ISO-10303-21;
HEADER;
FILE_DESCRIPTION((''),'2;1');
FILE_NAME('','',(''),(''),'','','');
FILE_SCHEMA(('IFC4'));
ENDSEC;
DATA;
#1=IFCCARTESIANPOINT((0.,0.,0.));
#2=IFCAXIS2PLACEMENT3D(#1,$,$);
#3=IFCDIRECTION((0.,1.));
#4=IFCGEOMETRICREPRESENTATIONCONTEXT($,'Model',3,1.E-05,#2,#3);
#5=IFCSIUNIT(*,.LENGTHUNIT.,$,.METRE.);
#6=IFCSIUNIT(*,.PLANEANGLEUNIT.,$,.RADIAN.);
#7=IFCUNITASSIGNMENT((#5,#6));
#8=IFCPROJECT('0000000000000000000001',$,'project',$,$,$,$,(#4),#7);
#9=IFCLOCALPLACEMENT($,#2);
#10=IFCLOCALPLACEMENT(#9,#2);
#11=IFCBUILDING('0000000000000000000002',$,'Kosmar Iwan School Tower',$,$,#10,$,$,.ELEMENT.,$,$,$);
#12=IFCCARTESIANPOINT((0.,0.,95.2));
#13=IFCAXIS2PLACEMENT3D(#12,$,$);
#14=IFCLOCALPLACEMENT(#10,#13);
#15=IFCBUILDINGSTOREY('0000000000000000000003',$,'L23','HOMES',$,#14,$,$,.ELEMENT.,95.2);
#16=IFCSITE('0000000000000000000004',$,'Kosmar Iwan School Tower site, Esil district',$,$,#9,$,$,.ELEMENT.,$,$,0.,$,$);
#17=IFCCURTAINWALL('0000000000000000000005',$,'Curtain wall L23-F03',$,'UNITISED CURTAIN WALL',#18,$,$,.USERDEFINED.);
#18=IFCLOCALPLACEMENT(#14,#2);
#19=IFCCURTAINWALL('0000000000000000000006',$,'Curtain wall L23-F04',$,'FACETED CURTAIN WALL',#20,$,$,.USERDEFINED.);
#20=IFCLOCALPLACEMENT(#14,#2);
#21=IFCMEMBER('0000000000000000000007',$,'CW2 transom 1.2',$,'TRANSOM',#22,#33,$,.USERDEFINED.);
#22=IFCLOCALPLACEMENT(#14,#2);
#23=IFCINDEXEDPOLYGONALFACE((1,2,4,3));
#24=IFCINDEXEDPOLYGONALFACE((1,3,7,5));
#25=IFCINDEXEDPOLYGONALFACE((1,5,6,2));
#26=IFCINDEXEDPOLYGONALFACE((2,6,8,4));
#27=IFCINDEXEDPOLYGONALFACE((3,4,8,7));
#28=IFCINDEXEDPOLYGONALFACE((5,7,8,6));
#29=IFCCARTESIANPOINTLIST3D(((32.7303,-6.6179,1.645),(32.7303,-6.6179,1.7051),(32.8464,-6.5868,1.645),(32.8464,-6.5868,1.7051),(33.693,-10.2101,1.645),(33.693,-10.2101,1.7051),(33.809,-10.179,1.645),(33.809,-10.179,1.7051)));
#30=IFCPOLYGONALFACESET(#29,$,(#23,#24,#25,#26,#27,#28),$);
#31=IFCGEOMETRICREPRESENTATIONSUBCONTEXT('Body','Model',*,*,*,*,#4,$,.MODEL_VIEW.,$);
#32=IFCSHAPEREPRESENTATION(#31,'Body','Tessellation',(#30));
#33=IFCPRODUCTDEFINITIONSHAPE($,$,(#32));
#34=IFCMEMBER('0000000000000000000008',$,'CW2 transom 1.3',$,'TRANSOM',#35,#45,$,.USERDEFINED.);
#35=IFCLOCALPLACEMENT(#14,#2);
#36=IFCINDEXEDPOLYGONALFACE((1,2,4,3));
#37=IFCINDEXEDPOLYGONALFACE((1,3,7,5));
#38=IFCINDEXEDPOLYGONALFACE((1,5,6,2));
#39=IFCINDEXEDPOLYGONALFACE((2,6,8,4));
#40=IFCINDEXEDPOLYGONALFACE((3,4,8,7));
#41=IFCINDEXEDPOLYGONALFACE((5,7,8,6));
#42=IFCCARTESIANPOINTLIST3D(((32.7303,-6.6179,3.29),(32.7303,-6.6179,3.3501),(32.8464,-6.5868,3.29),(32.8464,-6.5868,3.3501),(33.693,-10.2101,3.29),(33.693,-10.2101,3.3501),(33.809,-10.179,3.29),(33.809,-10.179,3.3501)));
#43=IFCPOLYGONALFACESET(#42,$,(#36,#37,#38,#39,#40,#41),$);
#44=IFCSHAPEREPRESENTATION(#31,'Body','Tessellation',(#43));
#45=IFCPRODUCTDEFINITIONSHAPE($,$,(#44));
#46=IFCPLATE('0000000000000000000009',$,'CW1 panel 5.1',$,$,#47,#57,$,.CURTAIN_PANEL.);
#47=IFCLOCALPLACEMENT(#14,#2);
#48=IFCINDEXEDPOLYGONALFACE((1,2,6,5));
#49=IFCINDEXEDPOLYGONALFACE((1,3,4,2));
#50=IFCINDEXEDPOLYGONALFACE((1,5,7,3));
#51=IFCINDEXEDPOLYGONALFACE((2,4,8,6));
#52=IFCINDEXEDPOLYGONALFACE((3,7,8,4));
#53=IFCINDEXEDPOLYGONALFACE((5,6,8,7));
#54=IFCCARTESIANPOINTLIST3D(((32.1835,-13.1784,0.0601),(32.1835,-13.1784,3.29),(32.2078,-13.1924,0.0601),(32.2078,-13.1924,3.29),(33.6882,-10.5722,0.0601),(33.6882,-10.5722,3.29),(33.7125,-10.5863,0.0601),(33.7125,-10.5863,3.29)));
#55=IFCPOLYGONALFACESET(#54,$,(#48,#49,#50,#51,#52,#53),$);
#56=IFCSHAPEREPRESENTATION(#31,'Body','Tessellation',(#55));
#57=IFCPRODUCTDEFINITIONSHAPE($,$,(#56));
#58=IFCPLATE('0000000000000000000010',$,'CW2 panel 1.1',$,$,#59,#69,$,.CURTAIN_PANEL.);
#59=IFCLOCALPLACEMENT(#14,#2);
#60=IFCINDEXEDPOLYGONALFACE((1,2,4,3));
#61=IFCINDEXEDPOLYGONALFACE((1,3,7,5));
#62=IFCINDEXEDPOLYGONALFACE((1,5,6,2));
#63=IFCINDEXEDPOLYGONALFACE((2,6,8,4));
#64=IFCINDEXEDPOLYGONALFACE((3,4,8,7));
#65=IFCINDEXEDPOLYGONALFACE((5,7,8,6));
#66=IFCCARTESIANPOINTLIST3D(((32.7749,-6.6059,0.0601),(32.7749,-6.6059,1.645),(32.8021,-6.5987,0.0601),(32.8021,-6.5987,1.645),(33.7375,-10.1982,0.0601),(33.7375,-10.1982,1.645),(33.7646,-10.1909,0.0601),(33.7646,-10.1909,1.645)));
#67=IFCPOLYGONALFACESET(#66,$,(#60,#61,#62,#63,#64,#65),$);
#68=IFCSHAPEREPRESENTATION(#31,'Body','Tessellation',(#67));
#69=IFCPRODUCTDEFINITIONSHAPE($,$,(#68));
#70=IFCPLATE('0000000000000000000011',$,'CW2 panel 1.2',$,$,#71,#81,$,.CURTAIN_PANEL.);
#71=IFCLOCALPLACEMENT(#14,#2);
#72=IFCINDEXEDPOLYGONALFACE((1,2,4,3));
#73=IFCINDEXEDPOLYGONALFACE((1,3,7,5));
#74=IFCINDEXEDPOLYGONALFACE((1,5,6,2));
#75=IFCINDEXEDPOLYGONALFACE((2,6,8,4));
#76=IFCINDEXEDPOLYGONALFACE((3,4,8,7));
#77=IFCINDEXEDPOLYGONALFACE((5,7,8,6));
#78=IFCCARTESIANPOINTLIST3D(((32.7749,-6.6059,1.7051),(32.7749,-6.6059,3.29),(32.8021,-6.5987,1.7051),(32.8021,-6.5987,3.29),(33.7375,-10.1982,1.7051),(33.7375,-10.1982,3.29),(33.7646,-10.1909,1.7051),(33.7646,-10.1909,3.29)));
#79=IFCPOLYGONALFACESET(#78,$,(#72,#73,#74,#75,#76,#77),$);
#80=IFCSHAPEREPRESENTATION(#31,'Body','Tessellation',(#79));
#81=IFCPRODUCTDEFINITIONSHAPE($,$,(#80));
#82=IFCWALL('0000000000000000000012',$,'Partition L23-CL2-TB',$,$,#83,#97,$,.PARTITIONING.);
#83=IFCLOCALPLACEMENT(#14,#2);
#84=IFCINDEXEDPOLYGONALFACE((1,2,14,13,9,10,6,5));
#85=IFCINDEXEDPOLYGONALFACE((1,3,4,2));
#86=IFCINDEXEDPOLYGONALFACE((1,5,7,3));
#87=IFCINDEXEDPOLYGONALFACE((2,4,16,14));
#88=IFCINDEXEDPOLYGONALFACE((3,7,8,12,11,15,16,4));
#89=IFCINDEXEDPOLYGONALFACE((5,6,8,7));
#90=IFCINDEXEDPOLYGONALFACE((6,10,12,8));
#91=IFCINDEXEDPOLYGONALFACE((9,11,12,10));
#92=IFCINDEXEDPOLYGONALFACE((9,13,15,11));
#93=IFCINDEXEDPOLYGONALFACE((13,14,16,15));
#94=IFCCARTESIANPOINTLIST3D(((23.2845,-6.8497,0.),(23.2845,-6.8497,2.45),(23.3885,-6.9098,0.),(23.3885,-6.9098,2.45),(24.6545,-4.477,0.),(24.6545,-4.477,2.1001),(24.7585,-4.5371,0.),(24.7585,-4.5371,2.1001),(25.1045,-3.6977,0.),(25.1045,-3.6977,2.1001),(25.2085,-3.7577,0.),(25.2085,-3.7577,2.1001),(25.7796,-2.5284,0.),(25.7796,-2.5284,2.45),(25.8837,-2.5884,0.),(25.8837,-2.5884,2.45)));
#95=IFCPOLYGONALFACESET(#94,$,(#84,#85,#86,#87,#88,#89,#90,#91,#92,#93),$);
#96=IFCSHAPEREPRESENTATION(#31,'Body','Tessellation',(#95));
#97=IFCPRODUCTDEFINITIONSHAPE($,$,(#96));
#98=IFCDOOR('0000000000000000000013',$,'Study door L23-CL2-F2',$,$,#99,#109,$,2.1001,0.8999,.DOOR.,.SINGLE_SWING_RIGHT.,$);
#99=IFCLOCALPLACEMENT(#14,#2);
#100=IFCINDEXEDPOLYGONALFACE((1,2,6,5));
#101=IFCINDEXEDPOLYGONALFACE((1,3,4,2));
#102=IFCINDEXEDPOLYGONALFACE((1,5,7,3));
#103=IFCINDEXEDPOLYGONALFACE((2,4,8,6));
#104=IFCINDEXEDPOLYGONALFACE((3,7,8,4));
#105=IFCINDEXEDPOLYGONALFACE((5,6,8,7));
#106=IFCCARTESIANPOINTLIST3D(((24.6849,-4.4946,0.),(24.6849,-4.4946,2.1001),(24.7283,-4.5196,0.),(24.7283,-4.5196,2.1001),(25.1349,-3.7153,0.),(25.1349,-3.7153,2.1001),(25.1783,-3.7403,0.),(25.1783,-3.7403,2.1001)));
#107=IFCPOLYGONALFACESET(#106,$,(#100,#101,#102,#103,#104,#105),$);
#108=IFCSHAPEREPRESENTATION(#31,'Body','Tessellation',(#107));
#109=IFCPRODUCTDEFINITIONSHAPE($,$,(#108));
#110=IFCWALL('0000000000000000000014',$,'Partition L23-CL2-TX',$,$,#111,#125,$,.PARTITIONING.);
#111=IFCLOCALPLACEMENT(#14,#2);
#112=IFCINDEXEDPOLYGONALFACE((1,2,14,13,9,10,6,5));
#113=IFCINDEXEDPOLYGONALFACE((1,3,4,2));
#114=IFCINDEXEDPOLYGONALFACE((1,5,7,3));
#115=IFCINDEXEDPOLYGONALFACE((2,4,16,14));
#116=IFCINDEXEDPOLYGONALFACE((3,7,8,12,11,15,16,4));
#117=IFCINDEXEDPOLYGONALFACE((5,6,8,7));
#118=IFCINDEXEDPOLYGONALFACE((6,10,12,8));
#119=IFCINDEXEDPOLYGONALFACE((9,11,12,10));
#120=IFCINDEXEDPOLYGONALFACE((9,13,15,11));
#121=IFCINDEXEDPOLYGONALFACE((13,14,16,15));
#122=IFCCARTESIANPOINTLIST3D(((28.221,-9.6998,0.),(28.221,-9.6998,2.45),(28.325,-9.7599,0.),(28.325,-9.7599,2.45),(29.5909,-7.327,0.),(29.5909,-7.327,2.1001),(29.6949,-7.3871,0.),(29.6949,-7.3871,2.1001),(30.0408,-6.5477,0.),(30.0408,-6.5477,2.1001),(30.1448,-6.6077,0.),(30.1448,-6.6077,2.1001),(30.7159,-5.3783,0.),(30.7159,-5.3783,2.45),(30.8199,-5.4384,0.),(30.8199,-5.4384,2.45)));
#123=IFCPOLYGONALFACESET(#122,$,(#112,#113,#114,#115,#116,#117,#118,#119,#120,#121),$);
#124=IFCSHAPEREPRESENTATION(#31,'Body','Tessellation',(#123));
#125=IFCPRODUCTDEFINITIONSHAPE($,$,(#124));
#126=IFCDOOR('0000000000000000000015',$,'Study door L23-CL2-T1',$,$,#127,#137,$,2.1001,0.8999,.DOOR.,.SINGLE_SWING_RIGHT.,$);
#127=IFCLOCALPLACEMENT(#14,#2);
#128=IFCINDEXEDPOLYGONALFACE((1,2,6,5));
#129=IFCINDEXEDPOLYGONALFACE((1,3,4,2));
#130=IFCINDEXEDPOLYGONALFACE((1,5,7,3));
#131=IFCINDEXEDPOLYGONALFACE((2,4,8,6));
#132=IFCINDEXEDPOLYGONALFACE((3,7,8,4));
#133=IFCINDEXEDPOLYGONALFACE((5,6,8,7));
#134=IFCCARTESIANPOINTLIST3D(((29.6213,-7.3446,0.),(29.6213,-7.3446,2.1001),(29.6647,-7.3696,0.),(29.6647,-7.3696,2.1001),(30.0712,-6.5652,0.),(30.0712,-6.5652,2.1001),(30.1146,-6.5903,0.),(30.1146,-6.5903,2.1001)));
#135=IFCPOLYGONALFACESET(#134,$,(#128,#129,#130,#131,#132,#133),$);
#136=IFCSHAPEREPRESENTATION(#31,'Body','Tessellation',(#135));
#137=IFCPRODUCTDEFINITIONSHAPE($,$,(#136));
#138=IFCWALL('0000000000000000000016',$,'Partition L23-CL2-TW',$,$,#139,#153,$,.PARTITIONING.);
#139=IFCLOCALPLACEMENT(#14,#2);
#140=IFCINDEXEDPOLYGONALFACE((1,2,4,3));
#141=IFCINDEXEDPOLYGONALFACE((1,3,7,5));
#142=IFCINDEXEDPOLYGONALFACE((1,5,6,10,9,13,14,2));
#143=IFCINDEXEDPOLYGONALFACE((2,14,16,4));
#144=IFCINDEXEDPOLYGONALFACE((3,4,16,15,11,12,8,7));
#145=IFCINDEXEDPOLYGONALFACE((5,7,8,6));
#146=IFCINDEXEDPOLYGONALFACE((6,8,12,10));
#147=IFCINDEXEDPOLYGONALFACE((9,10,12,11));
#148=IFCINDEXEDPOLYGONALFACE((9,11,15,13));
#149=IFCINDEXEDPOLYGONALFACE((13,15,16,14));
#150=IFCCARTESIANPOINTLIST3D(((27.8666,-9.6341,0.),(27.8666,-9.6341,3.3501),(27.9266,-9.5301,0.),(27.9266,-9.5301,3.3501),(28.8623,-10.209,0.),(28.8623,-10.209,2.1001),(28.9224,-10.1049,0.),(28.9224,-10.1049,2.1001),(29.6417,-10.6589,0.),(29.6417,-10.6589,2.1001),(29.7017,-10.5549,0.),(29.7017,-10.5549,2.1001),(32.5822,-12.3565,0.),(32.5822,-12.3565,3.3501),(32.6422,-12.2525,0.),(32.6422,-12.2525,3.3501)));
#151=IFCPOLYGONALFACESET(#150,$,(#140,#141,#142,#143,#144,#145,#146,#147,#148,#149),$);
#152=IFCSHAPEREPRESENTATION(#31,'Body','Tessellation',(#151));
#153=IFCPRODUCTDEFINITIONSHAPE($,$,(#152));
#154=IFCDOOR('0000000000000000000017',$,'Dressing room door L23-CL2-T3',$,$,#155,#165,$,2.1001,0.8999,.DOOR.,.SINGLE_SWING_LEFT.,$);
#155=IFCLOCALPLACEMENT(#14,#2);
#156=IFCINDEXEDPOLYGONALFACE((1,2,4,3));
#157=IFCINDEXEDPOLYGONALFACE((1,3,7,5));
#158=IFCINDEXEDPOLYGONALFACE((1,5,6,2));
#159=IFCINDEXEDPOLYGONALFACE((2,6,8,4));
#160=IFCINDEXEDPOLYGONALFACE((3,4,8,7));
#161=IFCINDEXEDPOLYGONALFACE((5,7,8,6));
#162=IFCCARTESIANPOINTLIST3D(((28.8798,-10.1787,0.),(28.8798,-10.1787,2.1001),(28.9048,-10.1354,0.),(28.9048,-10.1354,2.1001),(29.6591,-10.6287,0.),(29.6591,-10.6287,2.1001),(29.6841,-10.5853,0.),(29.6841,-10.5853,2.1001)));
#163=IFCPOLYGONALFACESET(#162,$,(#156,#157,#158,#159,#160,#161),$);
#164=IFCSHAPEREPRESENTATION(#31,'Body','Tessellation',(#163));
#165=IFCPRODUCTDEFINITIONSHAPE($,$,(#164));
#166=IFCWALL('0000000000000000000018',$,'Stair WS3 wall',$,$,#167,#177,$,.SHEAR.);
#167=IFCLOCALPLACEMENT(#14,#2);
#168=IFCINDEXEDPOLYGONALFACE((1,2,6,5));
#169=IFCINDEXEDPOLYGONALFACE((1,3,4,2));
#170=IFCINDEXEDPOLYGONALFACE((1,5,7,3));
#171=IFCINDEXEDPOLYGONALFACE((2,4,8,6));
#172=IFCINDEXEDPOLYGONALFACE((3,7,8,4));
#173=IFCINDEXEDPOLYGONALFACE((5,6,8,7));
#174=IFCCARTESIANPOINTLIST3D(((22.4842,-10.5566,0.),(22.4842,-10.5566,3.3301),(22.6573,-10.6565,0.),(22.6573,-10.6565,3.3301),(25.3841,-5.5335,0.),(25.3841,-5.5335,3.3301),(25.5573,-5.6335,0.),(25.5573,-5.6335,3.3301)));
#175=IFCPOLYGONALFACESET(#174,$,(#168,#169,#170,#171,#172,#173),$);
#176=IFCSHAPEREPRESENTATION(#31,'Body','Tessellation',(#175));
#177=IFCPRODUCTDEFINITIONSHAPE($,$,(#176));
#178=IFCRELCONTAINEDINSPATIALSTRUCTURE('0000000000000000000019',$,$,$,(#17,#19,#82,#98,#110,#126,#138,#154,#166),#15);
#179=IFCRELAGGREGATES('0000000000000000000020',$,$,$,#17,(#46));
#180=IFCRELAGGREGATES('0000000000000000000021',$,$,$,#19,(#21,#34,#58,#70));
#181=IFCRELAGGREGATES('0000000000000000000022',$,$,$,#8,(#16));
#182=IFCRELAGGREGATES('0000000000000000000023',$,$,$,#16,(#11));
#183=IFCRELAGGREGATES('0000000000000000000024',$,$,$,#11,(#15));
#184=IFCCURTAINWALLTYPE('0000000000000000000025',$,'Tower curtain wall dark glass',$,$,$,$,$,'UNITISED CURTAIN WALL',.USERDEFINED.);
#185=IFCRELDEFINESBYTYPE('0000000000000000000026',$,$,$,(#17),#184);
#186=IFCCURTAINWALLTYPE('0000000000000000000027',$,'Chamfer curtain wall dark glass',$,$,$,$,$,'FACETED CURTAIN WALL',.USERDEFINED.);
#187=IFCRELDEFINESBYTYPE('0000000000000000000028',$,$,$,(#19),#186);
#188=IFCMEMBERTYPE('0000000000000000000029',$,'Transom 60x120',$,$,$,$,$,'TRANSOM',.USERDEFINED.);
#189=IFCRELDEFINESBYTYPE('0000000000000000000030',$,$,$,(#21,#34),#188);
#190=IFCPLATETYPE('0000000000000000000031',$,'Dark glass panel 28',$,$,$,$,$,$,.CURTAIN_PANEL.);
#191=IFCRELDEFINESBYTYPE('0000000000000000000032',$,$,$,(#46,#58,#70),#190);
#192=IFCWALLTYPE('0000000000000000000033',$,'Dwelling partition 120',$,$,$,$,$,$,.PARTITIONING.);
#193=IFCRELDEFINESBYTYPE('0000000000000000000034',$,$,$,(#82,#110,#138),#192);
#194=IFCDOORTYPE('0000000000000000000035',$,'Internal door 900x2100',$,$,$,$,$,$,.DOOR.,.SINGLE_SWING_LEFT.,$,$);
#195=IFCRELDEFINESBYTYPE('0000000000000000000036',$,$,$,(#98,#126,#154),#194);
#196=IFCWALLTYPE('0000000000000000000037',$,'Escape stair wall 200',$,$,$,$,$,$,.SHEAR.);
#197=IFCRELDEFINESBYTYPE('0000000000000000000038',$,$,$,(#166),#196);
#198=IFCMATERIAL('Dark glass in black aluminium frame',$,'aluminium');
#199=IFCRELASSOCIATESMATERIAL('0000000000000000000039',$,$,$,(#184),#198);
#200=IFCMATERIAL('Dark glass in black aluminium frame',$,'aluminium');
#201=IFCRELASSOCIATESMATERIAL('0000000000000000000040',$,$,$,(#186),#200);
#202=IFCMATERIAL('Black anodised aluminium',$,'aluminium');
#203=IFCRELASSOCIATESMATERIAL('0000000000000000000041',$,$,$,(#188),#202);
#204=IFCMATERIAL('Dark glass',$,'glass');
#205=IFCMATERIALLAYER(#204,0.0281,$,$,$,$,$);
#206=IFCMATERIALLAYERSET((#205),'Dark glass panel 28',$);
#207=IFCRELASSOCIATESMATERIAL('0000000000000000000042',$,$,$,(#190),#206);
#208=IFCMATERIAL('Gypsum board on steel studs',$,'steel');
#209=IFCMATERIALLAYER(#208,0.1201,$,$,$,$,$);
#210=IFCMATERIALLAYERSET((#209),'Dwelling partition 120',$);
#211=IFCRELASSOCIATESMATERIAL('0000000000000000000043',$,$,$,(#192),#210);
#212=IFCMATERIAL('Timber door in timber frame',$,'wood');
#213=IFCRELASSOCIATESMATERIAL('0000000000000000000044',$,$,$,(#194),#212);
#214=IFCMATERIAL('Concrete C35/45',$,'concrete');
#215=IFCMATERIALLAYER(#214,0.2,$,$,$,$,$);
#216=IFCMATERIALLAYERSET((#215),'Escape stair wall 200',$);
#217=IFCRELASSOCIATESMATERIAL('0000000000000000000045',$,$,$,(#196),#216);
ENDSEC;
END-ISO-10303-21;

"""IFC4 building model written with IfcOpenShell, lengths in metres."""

from ifc_helpers import new_model, si_unit, direction, frame, frame_2d, origin, origin_2d, place, context, subcontext, project, spatial, rectangle, extrude, material, layer, layer_set, material_profile, profile_set, type_object, element, fill, aggregate, save


model = new_model("IFC4")

# Units and contexts
model_context = context("Model", 3, precision=1e-05, world=origin(), true_north=direction((0.0, 1.0)))
body_context = subcontext(model_context, "Body", "Model", "MODEL_VIEW")
ifc_project = project(units=[si_unit("LENGTHUNIT", "METRE"), si_unit("PLANEANGLEUNIT", "RADIAN")], contexts=[model_context])

# Site, building, storey
site_placement = place(None, origin())
site = spatial("IfcSite", under=ifc_project, at=site_placement, Name="Kosmar Iwan School Tower site, Esil district", CompositionType="ELEMENT", RefElevation=0.0)
building_placement = place(site_placement, origin())
building = spatial("IfcBuilding", under=site, at=building_placement, Name="Kosmar Iwan School Tower", CompositionType="ELEMENT")
storey_placement = place(building_placement, frame((0.0, 0.0, 95.2)))
storey = spatial("IfcBuildingStorey", under=building, at=storey_placement, Name="L23", Description="HOMES", CompositionType="ELEMENT", Elevation=95.2)

# Curtain wall
ifc_material_1 = material(Name="Dark glass in black aluminium frame", Category="aluminium")
curtain_wall_type_1 = type_object("IfcCurtainWallType", Name="Tower curtain wall dark glass", ElementType="UNITISED CURTAIN WALL", PredefinedType="USERDEFINED", material=ifc_material_1)
curtain_wall_1_placement = place(storey_placement, origin())
curtain_wall_1 = element("IfcCurtainWall", 1, at=curtain_wall_1_placement, inside=storey, type_object=curtain_wall_type_1, Name="Curtain wall L23-F03", ObjectType="UNITISED CURTAIN WALL", PredefinedType="USERDEFINED")

# Curtain wall
ifc_material_2 = material(Name="Dark glass in black aluminium frame", Category="aluminium")
curtain_wall_type_2 = type_object("IfcCurtainWallType", Name="Chamfer curtain wall dark glass", ElementType="FACETED CURTAIN WALL", PredefinedType="USERDEFINED", material=ifc_material_2)
curtain_wall_2_placement = place(storey_placement, origin())
curtain_wall_2 = element("IfcCurtainWall", 2, at=curtain_wall_2_placement, inside=storey, type_object=curtain_wall_type_2, Name="Curtain wall L23-F04", ObjectType="FACETED CURTAIN WALL", PredefinedType="USERDEFINED")

# Members
ifc_material_3 = material(Name="Black anodised aluminium", Category="aluminium")
ifc_material_profile_1 = material_profile(ifc_material_3, rectangle(XDim=0.1201, YDim=0.0601, at=origin_2d()), Name="TRANSOM 60x120")
ifc_profile_set_1 = profile_set([ifc_material_profile_1], Name="Black anodised aluminium")
member_type_1 = type_object("IfcMemberType", Name="Transom 60x120", ElementType="TRANSOM", PredefinedType="USERDEFINED", material=ifc_profile_set_1)
member_1_placement = place(storey_placement, frame((33.751, -10.1946, 1.675), z_axis=(-0.258843, 0.965919, 0.0), x_axis=(-0.965919, -0.258843, 0.0)))
member_1 = element("IfcMember", 3, at=member_1_placement, type_object=member_type_1, Name="CW2 transom 1.2", ObjectType="TRANSOM", PredefinedType="USERDEFINED", context=body_context, shape_type="SweptSolid", body=[
    extrude(rectangle(XDim=0.1201, YDim=0.0601, at=origin_2d()), origin(), (0.0, 0.0, 1.0), 3.719),
])
member_2_placement = place(storey_placement, frame((33.751, -10.1946, 3.3201), z_axis=(-0.258843, 0.965919, 0.0), x_axis=(-0.965919, -0.258843, 0.0)))
member_2 = element("IfcMember", 4, at=member_2_placement, type_object=member_type_1, Name="CW2 transom 1.3", ObjectType="TRANSOM", PredefinedType="USERDEFINED", context=body_context, shape_type="SweptSolid", body=[
    extrude(rectangle(XDim=0.1201, YDim=0.0601, at=origin_2d()), origin(), (0.0, 0.0, 1.0), 3.719),
])

# Plates
ifc_material_4 = material(Name="Dark glass", Category="glass")
ifc_layer_1 = layer(ifc_material_4, 0.0281)
ifc_layer_set_1 = layer_set([ifc_layer_1], Name="Dark glass panel 28")
plate_type = type_object("IfcPlateType", Name="Dark glass panel 28", PredefinedType="CURTAIN_PANEL", material=ifc_layer_set_1)
plate_1_placement = place(storey_placement, frame((32.948, -11.8823, 0.0601), z_axis=(0.0, 0.0, 1.0), x_axis=(0.5, 0.866025, 0.0)))
plate_1 = element("IfcPlate", 5, at=plate_1_placement, type_object=plate_type, Name="CW1 panel 5.1", PredefinedType="CURTAIN_PANEL", context=body_context, shape_type="SweptSolid", body=[
    extrude(rectangle(XDim=3.0093, YDim=0.0281, at=origin_2d()), origin(), (0.0, 0.0, 1.0), 3.23),
])
aggregate(curtain_wall_1, [plate_1])
plate_2_placement = place(storey_placement, frame((33.2698, -8.3984, 0.0601), z_axis=(0.0, 0.0, 1.0), x_axis=(-0.258819, 0.965926, 0.0)))
plate_2 = element("IfcPlate", 6, at=plate_2_placement, type_object=plate_type, Name="CW2 panel 1.1", PredefinedType="CURTAIN_PANEL", context=body_context, shape_type="SweptSolid", body=[
    extrude(rectangle(XDim=3.719, YDim=0.0281, at=origin_2d()), origin(), (0.0, 0.0, 1.0), 1.585),
])
plate_3_placement = place(storey_placement, frame((33.2698, -8.3984, 1.7051), z_axis=(0.0, 0.0, 1.0), x_axis=(-0.258819, 0.965926, 0.0)))
plate_3 = element("IfcPlate", 7, at=plate_3_placement, type_object=plate_type, Name="CW2 panel 1.2", PredefinedType="CURTAIN_PANEL", context=body_context, shape_type="SweptSolid", body=[
    extrude(rectangle(XDim=3.719, YDim=0.0281, at=origin_2d()), origin(), (0.0, 0.0, 1.0), 1.585),
])
aggregate(curtain_wall_2, [member_1, member_2, plate_2, plate_3])

# Walls, openings, doors
ifc_material_5 = material(Name="Gypsum board on steel studs", Category="steel")
ifc_layer_2 = layer(ifc_material_5, 0.1201)
ifc_layer_set_2 = layer_set([ifc_layer_2], Name="Dwelling partition 120")
wall_type_1 = type_object("IfcWallType", Name="Dwelling partition 120", PredefinedType="PARTITIONING", material=ifc_layer_set_2)
wall_1_placement = place(storey_placement, frame((23.3364, -6.8799, 0.0), z_axis=(0.0, 0.0, 1.0), x_axis=(0.500033, 0.866006, 0.0)))
wall_1 = element("IfcWall", 8, at=wall_1_placement, inside=storey, type_object=wall_type_1, Name="Partition L23-CL2-TB", PredefinedType="PARTITIONING", context=body_context, shape_type="SweptSolid", body=[
    extrude(rectangle(XDim=4.99, YDim=0.1201, at=frame_2d((2.4951, 0.0))), origin(), (0.0, 0.0, 1.0), 2.45),
])
opening_1_placement = place(wall_1_placement, frame((2.74, 0.0, 0.0)))
opening_1 = element("IfcOpeningElement", 9, at=opening_1_placement, cuts=wall_1, PredefinedType="OPENING", context=body_context, shape_type="SweptSolid", body=[
    extrude(rectangle(XDim=0.8999, YDim=2.1001, at=frame_2d((0.45, 1.05))), frame((0.0, 0.072, 0.0), z_axis=(0.0, -1.0, 0.0), x_axis=(1.0, 0.0, 0.0)), (0.0, 0.0, 1.0), 0.144),
])
ifc_material_6 = material(Name="Timber door in timber frame", Category="wood")
door_type = type_object("IfcDoorType", Name="Internal door 900x2100", OperationType="SINGLE_SWING_LEFT", PredefinedType="DOOR", material=ifc_material_6)
door_1_placement = place(opening_1_placement, origin())
door_1 = element("IfcDoor", 10, at=door_1_placement, inside=storey, type_object=door_type, Name="Study door L23-CL2-F2", OperationType="SINGLE_SWING_RIGHT", OverallHeight=2.1001, OverallWidth=0.8999, PredefinedType="DOOR", context=body_context, shape_type="SweptSolid", body=[
    extrude(rectangle(XDim=0.8999, YDim=2.1001, at=frame_2d((0.45, 1.05))), frame((0.0, 0.0249, 0.0), z_axis=(0.0, -1.0, 0.0), x_axis=(1.0, 0.0, 0.0)), (0.0, 0.0, 1.0), 0.05),
])
fill(opening_1, door_1)
wall_2_placement = place(storey_placement, frame((28.2729, -9.73, 0.0), z_axis=(0.0, 0.0, 1.0), x_axis=(0.499975, 0.86604, 0.0)))
wall_2 = element("IfcWall", 11, at=wall_2_placement, inside=storey, type_object=wall_type_1, Name="Partition L23-CL2-TX", PredefinedType="PARTITIONING", context=body_context, shape_type="SweptSolid", body=[
    extrude(rectangle(XDim=4.99, YDim=0.1201, at=frame_2d((2.4951, 0.0))), origin(), (0.0, 0.0, 1.0), 2.45),
])
opening_2_placement = place(wall_2_placement, frame((2.74, 0.0, 0.0)))
opening_2 = element("IfcOpeningElement", 12, at=opening_2_placement, cuts=wall_2, PredefinedType="OPENING", context=body_context, shape_type="SweptSolid", body=[
    extrude(rectangle(XDim=0.8999, YDim=2.1001, at=frame_2d((0.45, 1.05))), frame((0.0, 0.072, 0.0), z_axis=(0.0, -1.0, 0.0), x_axis=(1.0, 0.0, 0.0)), (0.0, 0.0, 1.0), 0.144),
])
door_2_placement = place(opening_2_placement, origin())
door_2 = element("IfcDoor", 13, at=door_2_placement, inside=storey, type_object=door_type, Name="Study door L23-CL2-T1", OperationType="SINGLE_SWING_RIGHT", OverallHeight=2.1001, OverallWidth=0.8999, PredefinedType="DOOR", context=body_context, shape_type="SweptSolid", body=[
    extrude(rectangle(XDim=0.8999, YDim=2.1001, at=frame_2d((0.45, 1.05))), frame((0.0, 0.0249, 0.0), z_axis=(0.0, -1.0, 0.0), x_axis=(1.0, 0.0, 0.0)), (0.0, 0.0, 1.0), 0.05),
])
fill(opening_2, door_2)
wall_3_placement = place(storey_placement, frame((27.8965, -9.582, 0.0), z_axis=(0.0, 0.0, 1.0), x_axis=(0.866036, -0.499982, 0.0)))
wall_3 = element("IfcWall", 14, at=wall_3_placement, inside=storey, type_object=wall_type_1, Name="Partition L23-CL2-TW", PredefinedType="PARTITIONING", context=body_context, shape_type="SweptSolid", body=[
    extrude(rectangle(XDim=5.4451, YDim=0.1201, at=frame_2d((2.7227, 0.0))), origin(), (0.0, 0.0, 1.0), 3.3501),
])
opening_3_placement = place(wall_3_placement, frame((1.1499, 0.0, 0.0)))
opening_3 = element("IfcOpeningElement", 15, at=opening_3_placement, cuts=wall_3, PredefinedType="OPENING", context=body_context, shape_type="SweptSolid", body=[
    extrude(rectangle(XDim=0.8999, YDim=2.1001, at=frame_2d((0.45, 1.05))), frame((0.0, 0.072, 0.0), z_axis=(0.0, -1.0, 0.0), x_axis=(1.0, 0.0, 0.0)), (0.0, 0.0, 1.0), 0.144),
])
door_3_placement = place(opening_3_placement, origin())
door_3 = element("IfcDoor", 16, at=door_3_placement, inside=storey, type_object=door_type, Name="Dressing room door L23-CL2-T3", OperationType="SINGLE_SWING_LEFT", OverallHeight=2.1001, OverallWidth=0.8999, PredefinedType="DOOR", context=body_context, shape_type="SweptSolid", body=[
    extrude(rectangle(XDim=0.8999, YDim=2.1001, at=frame_2d((0.45, 1.05))), frame((0.0, 0.0249, 0.0), z_axis=(0.0, -1.0, 0.0), x_axis=(1.0, 0.0, 0.0)), (0.0, 0.0, 1.0), 0.05),
])
fill(opening_3, door_3)

# Wall
ifc_material_7 = material(Name="Concrete C35/45", Category="concrete")
ifc_layer_3 = layer(ifc_material_7, 0.2)
ifc_layer_set_3 = layer_set([ifc_layer_3], Name="Escape stair wall 200")
wall_type_2 = type_object("IfcWallType", Name="Escape stair wall 200", PredefinedType="SHEAR", material=ifc_layer_set_3)
for number, where, z_axis, x_axis, name in (
    (17, (22.5708, -10.6064, 0.0), (0.0, 0.0, 1.0), (0.499987, 0.866033, 0.0), "Stair WS3 wall"),
):
    element("IfcWall", number, at=place(storey_placement, frame(where, z_axis=z_axis, x_axis=x_axis)), inside=storey, type_object=wall_type_2, Name=name, PredefinedType="SHEAR", context=body_context, shape_type="SweptSolid", body=[
        extrude(rectangle(XDim=5.8, YDim=0.2, at=frame_2d((2.8999, 0.0))), origin(), (0.0, 0.0, 1.0), 3.3301),
    ])

save(model, "model.ifc")
